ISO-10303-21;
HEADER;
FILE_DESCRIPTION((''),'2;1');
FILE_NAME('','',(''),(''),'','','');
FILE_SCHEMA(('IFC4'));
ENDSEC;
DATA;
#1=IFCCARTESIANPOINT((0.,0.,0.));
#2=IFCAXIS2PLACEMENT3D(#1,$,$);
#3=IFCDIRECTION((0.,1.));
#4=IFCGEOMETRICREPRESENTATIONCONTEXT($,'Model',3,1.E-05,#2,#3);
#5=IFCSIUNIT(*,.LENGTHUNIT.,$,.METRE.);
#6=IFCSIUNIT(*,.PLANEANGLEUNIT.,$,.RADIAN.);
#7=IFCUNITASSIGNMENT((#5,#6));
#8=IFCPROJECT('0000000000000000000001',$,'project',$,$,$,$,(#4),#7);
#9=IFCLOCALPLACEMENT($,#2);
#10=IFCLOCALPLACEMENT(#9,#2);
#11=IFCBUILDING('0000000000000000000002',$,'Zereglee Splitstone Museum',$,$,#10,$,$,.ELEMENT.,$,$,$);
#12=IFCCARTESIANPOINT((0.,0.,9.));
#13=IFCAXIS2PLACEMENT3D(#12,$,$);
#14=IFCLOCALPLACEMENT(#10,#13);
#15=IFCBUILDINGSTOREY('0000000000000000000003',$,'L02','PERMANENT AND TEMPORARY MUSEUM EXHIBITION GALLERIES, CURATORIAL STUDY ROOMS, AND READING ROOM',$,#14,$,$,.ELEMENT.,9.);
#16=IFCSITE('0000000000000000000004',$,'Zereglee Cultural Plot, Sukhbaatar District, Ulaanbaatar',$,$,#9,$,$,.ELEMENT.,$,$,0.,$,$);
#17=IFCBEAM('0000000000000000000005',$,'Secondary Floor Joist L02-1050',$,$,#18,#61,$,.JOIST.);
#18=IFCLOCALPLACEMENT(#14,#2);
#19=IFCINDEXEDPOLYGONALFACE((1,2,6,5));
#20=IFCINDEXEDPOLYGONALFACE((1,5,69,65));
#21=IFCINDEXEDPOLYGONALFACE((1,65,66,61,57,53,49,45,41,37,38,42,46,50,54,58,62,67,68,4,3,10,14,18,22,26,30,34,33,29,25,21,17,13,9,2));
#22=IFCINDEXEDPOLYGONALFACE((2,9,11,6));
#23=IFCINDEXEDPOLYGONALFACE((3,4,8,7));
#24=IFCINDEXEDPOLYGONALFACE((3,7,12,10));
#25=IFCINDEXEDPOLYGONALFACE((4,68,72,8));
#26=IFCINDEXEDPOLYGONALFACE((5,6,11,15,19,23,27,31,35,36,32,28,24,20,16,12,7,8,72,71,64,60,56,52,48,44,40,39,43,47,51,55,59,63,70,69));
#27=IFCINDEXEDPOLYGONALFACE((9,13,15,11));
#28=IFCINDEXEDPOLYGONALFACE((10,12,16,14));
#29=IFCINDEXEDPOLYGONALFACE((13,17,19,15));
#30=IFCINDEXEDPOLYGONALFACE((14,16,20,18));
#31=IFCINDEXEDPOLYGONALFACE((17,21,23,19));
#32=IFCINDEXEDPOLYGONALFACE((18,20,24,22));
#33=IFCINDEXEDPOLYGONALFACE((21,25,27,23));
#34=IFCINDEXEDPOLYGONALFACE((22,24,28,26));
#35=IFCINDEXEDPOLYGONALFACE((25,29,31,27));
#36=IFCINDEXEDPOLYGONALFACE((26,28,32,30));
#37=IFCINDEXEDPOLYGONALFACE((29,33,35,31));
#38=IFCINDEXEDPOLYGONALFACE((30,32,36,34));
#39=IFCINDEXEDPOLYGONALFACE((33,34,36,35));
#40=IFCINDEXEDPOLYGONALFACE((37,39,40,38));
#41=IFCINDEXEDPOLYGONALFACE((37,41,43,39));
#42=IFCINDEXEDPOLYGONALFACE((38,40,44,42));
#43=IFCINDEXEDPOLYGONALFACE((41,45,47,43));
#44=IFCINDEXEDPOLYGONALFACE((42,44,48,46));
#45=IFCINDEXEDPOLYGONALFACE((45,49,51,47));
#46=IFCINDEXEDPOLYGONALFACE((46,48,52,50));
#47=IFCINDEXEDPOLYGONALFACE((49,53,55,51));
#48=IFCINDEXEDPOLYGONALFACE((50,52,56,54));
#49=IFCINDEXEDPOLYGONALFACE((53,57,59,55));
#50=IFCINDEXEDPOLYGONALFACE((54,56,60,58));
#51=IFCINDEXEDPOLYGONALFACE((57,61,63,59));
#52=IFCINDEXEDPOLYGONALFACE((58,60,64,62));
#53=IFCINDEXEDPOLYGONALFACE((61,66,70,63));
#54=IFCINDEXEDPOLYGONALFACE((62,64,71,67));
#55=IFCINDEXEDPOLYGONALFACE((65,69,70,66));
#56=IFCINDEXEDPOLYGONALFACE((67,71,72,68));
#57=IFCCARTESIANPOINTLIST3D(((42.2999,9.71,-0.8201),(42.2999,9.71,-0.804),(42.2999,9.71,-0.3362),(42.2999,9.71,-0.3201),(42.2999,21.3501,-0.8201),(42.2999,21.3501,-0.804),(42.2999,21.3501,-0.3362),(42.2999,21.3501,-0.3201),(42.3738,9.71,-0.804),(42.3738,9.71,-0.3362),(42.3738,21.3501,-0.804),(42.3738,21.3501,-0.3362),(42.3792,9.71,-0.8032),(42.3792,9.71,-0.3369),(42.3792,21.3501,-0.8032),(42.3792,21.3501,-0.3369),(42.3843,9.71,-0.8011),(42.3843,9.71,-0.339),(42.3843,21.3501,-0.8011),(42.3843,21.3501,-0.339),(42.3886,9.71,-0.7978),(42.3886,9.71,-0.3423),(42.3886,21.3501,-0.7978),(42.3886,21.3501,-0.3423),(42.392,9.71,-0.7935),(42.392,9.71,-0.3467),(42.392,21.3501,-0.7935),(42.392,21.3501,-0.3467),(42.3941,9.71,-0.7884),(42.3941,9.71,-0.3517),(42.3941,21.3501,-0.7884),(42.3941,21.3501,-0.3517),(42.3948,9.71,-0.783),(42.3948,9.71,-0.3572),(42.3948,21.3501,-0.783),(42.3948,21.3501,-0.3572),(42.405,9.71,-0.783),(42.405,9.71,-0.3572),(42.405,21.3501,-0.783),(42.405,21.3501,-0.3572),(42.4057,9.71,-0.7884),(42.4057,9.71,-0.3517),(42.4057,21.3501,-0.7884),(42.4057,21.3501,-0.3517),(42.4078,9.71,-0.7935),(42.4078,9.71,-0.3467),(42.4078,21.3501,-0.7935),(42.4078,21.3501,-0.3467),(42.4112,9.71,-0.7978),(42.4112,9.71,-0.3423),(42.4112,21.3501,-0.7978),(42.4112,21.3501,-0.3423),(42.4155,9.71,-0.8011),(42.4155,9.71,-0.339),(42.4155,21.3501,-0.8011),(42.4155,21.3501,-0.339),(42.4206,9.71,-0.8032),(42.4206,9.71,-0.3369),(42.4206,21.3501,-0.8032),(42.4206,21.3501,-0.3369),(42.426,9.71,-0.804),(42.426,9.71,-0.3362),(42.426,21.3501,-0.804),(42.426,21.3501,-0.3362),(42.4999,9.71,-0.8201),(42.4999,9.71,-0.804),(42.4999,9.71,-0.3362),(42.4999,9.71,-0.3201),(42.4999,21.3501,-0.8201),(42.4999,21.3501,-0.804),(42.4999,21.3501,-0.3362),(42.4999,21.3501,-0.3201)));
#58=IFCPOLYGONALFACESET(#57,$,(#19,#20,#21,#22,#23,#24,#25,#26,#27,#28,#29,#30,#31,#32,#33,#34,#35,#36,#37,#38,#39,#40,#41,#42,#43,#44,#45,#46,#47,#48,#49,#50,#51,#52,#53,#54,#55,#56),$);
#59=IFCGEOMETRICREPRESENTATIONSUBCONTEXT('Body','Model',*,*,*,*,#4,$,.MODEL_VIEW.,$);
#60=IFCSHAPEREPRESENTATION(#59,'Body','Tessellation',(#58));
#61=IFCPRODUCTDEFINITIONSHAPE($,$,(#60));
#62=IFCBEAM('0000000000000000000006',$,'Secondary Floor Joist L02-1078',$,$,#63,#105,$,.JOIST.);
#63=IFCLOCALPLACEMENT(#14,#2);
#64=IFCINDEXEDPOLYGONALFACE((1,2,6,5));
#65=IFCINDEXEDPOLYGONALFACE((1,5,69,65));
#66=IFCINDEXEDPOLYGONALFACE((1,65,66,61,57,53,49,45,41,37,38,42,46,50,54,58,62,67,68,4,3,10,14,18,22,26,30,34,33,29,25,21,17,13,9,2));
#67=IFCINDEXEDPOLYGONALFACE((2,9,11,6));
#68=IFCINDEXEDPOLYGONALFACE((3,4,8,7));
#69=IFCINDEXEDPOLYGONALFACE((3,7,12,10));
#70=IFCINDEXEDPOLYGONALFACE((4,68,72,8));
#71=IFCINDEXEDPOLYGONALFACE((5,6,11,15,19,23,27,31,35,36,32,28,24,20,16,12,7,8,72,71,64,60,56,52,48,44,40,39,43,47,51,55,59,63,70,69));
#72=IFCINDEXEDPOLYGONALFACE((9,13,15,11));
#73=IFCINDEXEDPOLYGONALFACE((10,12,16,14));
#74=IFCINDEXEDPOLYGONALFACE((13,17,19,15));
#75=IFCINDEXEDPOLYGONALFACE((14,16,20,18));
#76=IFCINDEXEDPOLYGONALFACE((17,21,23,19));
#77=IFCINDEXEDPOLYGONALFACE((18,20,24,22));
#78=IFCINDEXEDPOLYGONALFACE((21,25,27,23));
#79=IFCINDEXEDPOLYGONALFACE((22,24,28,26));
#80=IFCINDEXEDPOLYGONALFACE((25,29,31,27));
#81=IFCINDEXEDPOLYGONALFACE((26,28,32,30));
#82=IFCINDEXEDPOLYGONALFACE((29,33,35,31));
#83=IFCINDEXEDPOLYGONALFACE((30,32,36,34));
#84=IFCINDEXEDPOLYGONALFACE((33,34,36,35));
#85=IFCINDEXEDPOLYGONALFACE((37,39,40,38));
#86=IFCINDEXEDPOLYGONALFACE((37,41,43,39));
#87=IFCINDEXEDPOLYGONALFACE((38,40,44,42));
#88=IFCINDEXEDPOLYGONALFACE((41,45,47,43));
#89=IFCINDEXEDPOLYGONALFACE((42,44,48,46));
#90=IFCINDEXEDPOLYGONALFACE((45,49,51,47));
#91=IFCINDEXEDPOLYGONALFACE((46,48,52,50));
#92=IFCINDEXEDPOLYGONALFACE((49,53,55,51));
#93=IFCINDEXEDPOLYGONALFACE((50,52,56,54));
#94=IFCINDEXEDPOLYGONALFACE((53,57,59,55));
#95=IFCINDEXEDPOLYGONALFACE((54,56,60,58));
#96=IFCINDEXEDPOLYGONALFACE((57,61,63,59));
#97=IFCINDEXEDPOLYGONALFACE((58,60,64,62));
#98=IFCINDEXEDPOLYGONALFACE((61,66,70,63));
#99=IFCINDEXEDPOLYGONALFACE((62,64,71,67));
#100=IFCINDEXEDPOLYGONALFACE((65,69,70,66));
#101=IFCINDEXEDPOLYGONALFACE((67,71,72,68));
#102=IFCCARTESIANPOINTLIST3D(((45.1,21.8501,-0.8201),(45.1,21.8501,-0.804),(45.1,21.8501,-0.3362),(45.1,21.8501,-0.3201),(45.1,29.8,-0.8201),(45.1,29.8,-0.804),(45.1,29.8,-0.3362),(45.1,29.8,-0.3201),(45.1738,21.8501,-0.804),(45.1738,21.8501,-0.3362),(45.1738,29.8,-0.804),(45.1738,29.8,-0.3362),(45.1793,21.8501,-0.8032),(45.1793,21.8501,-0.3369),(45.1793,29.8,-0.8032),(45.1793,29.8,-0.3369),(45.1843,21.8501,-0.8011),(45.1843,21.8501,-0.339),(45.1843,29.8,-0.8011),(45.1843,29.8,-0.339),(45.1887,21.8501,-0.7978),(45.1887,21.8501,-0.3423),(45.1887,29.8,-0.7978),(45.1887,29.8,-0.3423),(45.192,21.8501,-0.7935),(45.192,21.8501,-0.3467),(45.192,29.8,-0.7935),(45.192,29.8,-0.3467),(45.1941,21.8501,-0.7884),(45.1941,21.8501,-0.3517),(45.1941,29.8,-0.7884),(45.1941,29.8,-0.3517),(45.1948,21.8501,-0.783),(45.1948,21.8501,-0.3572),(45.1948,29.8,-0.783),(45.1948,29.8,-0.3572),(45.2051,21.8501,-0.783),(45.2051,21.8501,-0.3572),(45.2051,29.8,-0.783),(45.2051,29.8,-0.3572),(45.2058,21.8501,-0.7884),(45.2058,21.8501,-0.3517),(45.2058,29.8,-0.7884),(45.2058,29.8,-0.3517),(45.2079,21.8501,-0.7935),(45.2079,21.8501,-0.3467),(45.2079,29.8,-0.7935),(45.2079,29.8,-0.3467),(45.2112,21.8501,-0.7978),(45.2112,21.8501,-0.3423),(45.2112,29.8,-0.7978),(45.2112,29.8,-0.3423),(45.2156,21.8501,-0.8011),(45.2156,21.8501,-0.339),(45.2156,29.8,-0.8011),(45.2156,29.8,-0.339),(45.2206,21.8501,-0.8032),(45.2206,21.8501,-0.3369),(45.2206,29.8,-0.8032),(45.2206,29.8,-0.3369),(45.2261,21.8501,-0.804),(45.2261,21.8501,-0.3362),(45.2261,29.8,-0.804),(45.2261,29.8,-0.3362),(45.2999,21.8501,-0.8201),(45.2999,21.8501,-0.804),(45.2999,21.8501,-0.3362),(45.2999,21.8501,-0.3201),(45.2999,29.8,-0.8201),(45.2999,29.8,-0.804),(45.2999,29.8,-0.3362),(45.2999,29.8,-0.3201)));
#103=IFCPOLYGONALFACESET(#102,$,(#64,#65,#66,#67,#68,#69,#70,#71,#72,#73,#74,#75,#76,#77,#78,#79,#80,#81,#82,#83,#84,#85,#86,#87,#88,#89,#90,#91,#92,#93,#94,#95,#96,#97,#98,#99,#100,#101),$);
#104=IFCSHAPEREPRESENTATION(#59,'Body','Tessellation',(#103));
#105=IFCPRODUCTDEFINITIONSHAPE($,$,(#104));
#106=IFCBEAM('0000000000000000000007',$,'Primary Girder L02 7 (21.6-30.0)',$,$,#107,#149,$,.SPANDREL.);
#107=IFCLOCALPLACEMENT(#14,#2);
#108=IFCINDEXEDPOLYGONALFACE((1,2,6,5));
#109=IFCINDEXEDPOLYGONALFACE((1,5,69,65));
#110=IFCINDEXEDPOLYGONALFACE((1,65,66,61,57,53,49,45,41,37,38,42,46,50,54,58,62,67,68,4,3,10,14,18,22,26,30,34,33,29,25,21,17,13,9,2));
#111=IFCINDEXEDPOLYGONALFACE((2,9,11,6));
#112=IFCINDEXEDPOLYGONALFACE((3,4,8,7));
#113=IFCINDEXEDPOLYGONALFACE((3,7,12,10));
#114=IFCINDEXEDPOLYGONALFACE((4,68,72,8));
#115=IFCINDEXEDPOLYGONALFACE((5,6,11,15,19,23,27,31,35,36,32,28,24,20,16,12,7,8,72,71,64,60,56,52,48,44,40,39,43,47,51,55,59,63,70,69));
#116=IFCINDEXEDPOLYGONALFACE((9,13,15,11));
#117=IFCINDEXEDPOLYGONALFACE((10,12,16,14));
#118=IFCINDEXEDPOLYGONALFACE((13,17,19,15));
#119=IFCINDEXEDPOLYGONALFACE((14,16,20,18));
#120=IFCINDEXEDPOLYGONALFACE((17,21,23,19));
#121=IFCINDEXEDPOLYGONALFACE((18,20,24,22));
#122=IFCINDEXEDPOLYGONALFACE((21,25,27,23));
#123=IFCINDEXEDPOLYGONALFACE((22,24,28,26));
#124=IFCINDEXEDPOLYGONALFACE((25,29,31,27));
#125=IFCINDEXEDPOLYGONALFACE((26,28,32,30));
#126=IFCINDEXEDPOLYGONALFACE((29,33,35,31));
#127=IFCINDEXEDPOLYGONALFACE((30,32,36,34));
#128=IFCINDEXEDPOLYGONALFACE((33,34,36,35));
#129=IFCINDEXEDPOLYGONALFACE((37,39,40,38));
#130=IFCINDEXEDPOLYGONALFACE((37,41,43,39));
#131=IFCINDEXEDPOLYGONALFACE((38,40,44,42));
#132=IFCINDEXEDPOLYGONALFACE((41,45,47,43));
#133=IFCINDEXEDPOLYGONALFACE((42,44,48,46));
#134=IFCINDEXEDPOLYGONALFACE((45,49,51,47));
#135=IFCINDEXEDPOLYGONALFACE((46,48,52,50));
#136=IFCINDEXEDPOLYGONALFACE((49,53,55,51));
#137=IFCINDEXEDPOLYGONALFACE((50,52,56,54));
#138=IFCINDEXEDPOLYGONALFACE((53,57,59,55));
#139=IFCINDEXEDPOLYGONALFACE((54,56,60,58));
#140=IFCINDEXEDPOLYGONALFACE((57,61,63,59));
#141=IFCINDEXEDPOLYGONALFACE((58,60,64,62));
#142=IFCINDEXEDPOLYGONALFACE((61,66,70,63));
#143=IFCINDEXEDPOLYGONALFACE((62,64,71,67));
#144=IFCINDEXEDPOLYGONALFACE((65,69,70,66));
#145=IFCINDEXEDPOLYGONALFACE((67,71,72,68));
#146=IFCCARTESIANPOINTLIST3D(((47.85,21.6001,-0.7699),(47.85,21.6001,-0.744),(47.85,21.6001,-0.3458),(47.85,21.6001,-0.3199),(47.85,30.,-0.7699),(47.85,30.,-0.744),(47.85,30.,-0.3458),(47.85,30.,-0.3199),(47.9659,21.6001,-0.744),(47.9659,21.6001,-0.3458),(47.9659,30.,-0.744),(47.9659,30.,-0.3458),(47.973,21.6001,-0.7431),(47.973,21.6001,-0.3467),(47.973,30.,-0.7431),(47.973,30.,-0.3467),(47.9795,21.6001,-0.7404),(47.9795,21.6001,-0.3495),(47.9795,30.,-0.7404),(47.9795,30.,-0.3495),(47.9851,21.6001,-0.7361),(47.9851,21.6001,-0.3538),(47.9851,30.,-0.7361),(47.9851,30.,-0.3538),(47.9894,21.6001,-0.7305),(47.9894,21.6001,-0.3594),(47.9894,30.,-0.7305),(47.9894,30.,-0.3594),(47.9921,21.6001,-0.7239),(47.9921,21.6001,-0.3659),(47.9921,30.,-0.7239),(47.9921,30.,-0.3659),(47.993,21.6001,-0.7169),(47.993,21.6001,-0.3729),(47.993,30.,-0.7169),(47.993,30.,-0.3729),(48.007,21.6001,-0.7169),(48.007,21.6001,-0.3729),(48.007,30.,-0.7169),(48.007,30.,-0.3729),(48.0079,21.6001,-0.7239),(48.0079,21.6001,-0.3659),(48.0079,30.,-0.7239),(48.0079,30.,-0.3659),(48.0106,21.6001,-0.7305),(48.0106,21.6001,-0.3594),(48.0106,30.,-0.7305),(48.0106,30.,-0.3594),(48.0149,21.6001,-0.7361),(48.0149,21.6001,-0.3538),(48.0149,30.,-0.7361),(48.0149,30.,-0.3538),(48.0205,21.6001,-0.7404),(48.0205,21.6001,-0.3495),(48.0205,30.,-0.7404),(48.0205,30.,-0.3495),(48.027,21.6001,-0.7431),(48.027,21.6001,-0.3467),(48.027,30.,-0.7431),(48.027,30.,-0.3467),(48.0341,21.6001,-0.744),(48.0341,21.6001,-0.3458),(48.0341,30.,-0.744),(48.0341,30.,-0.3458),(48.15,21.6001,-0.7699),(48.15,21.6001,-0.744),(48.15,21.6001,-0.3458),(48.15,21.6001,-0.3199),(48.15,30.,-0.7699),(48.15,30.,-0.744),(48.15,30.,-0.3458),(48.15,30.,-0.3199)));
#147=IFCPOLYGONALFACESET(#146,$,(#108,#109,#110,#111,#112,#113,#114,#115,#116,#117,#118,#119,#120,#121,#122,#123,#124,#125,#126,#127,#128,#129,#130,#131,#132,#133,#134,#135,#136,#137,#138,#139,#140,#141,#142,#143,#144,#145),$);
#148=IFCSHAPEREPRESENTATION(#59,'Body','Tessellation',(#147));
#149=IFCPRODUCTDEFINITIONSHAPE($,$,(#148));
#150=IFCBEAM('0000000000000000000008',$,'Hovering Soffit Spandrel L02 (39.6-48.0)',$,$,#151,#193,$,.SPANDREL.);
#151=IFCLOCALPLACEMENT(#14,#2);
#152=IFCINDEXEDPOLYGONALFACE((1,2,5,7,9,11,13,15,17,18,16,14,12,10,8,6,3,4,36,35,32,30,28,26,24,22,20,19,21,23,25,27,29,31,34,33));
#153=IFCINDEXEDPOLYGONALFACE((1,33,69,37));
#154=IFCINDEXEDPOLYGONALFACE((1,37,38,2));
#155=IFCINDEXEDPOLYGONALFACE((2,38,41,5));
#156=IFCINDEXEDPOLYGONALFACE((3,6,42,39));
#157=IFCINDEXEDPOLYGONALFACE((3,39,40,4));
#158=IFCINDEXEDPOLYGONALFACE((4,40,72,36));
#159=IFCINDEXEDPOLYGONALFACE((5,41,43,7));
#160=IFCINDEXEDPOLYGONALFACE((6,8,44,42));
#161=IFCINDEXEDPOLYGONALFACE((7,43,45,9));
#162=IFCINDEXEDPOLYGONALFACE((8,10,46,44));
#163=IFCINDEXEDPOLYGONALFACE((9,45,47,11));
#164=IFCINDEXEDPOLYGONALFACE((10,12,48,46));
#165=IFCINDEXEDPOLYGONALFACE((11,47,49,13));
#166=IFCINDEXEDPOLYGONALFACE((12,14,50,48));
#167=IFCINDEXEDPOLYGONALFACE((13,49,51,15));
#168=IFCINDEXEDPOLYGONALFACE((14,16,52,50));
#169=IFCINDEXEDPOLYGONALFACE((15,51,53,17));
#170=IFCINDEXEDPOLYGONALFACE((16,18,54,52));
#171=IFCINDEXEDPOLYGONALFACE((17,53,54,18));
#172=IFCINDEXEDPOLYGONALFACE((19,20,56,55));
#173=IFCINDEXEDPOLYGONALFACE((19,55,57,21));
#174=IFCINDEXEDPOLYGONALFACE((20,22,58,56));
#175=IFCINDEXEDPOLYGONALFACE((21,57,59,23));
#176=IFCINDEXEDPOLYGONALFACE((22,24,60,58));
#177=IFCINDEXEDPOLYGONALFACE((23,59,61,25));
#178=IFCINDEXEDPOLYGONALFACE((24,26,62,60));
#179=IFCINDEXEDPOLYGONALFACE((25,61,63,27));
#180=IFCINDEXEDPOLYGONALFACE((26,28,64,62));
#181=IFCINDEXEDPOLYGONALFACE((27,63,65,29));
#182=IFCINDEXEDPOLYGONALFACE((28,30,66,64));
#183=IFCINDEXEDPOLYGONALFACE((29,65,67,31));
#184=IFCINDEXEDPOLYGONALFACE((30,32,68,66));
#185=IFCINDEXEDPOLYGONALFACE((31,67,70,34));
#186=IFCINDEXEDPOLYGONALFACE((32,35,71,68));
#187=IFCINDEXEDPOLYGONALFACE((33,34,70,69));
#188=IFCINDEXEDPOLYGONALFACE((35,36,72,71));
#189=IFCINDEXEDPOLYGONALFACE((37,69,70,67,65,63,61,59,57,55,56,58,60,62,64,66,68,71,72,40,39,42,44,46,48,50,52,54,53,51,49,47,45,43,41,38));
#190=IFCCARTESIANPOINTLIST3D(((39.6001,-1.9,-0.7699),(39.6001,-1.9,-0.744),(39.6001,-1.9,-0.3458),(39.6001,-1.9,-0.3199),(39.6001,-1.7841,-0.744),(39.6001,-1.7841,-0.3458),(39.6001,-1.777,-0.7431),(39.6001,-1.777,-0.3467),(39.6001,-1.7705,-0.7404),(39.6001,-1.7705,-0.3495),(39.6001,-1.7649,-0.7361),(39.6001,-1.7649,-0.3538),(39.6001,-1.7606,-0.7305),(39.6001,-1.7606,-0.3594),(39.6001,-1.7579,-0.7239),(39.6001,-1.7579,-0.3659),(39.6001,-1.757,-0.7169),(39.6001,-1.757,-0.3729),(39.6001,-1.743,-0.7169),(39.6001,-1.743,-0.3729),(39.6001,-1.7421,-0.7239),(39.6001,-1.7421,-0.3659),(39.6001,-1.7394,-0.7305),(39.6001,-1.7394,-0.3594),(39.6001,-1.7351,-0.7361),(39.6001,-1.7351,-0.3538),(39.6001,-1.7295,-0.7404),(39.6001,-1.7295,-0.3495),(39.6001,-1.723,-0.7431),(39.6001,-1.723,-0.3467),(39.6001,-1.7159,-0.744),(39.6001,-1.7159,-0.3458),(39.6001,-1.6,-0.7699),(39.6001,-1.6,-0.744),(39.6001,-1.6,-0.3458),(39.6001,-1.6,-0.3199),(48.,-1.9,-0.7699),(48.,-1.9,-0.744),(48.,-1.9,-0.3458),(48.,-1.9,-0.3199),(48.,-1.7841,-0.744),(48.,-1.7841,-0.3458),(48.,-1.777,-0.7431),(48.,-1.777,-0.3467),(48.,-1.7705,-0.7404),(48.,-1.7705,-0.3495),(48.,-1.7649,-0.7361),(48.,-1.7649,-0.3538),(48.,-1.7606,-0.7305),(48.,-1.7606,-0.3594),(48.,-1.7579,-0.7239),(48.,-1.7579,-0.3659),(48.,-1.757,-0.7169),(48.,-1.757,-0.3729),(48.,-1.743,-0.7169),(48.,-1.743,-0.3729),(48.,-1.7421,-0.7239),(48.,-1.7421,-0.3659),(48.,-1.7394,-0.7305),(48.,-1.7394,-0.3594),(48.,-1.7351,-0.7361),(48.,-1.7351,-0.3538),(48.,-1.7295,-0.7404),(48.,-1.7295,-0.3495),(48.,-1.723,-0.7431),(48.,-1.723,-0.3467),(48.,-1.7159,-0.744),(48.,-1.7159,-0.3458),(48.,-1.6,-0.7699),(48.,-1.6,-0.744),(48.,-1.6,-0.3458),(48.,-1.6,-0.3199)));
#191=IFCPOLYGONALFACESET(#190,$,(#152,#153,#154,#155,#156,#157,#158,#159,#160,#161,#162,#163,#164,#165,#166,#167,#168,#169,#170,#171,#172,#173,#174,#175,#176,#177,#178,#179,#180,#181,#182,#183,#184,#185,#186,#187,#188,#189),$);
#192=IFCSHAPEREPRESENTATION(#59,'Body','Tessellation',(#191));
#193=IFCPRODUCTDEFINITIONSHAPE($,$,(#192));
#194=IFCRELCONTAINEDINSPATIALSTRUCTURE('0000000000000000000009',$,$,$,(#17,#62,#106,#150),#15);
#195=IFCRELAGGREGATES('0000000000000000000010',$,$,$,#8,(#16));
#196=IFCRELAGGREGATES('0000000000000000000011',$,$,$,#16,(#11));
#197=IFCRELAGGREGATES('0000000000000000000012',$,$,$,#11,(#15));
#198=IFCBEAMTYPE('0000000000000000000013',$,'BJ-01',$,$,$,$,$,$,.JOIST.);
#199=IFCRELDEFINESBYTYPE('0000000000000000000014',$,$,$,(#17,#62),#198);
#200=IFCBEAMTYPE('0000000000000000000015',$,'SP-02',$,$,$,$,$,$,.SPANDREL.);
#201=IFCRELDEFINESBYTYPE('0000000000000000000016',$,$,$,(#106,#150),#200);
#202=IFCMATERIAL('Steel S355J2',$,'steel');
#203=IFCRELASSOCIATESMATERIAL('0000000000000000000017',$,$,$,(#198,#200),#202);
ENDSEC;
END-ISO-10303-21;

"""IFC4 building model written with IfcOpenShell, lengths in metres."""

from ifc_helpers import new_model, si_unit, direction, frame, origin, origin_2d, place, context, subcontext, project, spatial, i_section, extrude, material, material_profile, profile_set, type_object, element, save


model = new_model("IFC4")

# Units and contexts
model_context = context("Model", 3, precision=1e-05, world=origin(), true_north=direction((0.0, 1.0)))
body_context = subcontext(model_context, "Body", "Model", "MODEL_VIEW")
ifc_project = project(units=[si_unit("LENGTHUNIT", "METRE"), si_unit("PLANEANGLEUNIT", "RADIAN")], contexts=[model_context])

# Site, building, storey
site_placement = place(None, origin())
site = spatial("IfcSite", under=ifc_project, at=site_placement, Name="Zereglee Cultural Plot, Sukhbaatar District, Ulaanbaatar", CompositionType="ELEMENT", RefElevation=0.0)
building_placement = place(site_placement, origin())
building = spatial("IfcBuilding", under=site, at=building_placement, Name="Zereglee Splitstone Museum", CompositionType="ELEMENT")
storey_placement = place(building_placement, frame((0.0, 0.0, 9.0)))
storey = spatial("IfcBuildingStorey", under=building, at=storey_placement, Name="L02", Description="PERMANENT AND TEMPORARY MUSEUM EXHIBITION GALLERIES, CURATORIAL STUDY ROOMS, AND READING ROOM", CompositionType="ELEMENT", Elevation=9.0)

# Shared definitions
ifc_material_1 = material(Name="Steel S355J2", Category="steel")

# Beams
ifc_material_profile_1 = material_profile(ifc_material_1, i_section(OverallWidth=0.2, OverallDepth=0.5, WebThickness=0.0103, FlangeThickness=0.0161, FilletRadius=0.021, at=origin_2d()), Name="IPE 500")
ifc_profile_set_1 = profile_set([ifc_material_profile_1], Name="Steel S355J2")
beam_type_1 = type_object("IfcBeamType", Name="BJ-01", PredefinedType="JOIST", material=ifc_profile_set_1)
beam_1_placement = place(storey_placement, frame((42.3999, 9.71, -0.5701), z_axis=(0.0, 1.0, 0.0), x_axis=(-1.0, 0.0, 0.0)))
element("IfcBeam", 1, at=beam_1_placement, inside=storey, type_object=beam_type_1, Name="Secondary Floor Joist L02-1050", PredefinedType="JOIST", context=body_context, shape_type="SweptSolid", body=[
    extrude(i_section(OverallWidth=0.2, OverallDepth=0.5, WebThickness=0.0103, FlangeThickness=0.0161, FilletRadius=0.021, at=origin_2d()), origin(), (0.0, 0.0, 1.0), 11.6401),
])
beam_2_placement = place(storey_placement, frame((45.2, 21.8501, -0.5701), z_axis=(0.0, 1.0, 0.0), x_axis=(-1.0, 0.0, 0.0)))
element("IfcBeam", 2, at=beam_2_placement, inside=storey, type_object=beam_type_1, Name="Secondary Floor Joist L02-1078", PredefinedType="JOIST", context=body_context, shape_type="SweptSolid", body=[
    extrude(i_section(OverallWidth=0.2, OverallDepth=0.5, WebThickness=0.0103, FlangeThickness=0.0161, FilletRadius=0.021, at=origin_2d()), origin(), (0.0, 0.0, 1.0), 7.95),
])
ifc_material_profile_2 = material_profile(ifc_material_1, i_section(OverallWidth=0.3, OverallDepth=0.45, WebThickness=0.0139, FlangeThickness=0.0259, FilletRadius=0.0271, at=origin_2d()), Name="HE 450 B")
ifc_profile_set_2 = profile_set([ifc_material_profile_2], Name="Steel S355J2")
beam_type_2 = type_object("IfcBeamType", Name="SP-02", PredefinedType="SPANDREL", material=ifc_profile_set_2)
for number, where, z_axis, x_axis, name in (
    (3, (48.0, 21.6001, -0.5449), (0.0, 1.0, 0.0), (-1.0, 0.0, 0.0), "Primary Girder L02 7 (21.6-30.0)"),
    (4, (39.6001, -1.75, -0.5449), (1.0, 0.0, 0.0), (0.0, 1.0, 0.0), "Hovering Soffit Spandrel L02 (39.6-48.0)"),
):
    element("IfcBeam", number, at=place(storey_placement, frame(where, z_axis=z_axis, x_axis=x_axis)), inside=storey, type_object=beam_type_2, Name=name, PredefinedType="SPANDREL", context=body_context, shape_type="SweptSolid", body=[
        extrude(i_section(OverallWidth=0.3, OverallDepth=0.45, WebThickness=0.0139, FlangeThickness=0.0259, FilletRadius=0.0271, at=origin_2d()), origin(), (0.0, 0.0, 1.0), 8.3999),
    ])

save(model, "model.ifc")
